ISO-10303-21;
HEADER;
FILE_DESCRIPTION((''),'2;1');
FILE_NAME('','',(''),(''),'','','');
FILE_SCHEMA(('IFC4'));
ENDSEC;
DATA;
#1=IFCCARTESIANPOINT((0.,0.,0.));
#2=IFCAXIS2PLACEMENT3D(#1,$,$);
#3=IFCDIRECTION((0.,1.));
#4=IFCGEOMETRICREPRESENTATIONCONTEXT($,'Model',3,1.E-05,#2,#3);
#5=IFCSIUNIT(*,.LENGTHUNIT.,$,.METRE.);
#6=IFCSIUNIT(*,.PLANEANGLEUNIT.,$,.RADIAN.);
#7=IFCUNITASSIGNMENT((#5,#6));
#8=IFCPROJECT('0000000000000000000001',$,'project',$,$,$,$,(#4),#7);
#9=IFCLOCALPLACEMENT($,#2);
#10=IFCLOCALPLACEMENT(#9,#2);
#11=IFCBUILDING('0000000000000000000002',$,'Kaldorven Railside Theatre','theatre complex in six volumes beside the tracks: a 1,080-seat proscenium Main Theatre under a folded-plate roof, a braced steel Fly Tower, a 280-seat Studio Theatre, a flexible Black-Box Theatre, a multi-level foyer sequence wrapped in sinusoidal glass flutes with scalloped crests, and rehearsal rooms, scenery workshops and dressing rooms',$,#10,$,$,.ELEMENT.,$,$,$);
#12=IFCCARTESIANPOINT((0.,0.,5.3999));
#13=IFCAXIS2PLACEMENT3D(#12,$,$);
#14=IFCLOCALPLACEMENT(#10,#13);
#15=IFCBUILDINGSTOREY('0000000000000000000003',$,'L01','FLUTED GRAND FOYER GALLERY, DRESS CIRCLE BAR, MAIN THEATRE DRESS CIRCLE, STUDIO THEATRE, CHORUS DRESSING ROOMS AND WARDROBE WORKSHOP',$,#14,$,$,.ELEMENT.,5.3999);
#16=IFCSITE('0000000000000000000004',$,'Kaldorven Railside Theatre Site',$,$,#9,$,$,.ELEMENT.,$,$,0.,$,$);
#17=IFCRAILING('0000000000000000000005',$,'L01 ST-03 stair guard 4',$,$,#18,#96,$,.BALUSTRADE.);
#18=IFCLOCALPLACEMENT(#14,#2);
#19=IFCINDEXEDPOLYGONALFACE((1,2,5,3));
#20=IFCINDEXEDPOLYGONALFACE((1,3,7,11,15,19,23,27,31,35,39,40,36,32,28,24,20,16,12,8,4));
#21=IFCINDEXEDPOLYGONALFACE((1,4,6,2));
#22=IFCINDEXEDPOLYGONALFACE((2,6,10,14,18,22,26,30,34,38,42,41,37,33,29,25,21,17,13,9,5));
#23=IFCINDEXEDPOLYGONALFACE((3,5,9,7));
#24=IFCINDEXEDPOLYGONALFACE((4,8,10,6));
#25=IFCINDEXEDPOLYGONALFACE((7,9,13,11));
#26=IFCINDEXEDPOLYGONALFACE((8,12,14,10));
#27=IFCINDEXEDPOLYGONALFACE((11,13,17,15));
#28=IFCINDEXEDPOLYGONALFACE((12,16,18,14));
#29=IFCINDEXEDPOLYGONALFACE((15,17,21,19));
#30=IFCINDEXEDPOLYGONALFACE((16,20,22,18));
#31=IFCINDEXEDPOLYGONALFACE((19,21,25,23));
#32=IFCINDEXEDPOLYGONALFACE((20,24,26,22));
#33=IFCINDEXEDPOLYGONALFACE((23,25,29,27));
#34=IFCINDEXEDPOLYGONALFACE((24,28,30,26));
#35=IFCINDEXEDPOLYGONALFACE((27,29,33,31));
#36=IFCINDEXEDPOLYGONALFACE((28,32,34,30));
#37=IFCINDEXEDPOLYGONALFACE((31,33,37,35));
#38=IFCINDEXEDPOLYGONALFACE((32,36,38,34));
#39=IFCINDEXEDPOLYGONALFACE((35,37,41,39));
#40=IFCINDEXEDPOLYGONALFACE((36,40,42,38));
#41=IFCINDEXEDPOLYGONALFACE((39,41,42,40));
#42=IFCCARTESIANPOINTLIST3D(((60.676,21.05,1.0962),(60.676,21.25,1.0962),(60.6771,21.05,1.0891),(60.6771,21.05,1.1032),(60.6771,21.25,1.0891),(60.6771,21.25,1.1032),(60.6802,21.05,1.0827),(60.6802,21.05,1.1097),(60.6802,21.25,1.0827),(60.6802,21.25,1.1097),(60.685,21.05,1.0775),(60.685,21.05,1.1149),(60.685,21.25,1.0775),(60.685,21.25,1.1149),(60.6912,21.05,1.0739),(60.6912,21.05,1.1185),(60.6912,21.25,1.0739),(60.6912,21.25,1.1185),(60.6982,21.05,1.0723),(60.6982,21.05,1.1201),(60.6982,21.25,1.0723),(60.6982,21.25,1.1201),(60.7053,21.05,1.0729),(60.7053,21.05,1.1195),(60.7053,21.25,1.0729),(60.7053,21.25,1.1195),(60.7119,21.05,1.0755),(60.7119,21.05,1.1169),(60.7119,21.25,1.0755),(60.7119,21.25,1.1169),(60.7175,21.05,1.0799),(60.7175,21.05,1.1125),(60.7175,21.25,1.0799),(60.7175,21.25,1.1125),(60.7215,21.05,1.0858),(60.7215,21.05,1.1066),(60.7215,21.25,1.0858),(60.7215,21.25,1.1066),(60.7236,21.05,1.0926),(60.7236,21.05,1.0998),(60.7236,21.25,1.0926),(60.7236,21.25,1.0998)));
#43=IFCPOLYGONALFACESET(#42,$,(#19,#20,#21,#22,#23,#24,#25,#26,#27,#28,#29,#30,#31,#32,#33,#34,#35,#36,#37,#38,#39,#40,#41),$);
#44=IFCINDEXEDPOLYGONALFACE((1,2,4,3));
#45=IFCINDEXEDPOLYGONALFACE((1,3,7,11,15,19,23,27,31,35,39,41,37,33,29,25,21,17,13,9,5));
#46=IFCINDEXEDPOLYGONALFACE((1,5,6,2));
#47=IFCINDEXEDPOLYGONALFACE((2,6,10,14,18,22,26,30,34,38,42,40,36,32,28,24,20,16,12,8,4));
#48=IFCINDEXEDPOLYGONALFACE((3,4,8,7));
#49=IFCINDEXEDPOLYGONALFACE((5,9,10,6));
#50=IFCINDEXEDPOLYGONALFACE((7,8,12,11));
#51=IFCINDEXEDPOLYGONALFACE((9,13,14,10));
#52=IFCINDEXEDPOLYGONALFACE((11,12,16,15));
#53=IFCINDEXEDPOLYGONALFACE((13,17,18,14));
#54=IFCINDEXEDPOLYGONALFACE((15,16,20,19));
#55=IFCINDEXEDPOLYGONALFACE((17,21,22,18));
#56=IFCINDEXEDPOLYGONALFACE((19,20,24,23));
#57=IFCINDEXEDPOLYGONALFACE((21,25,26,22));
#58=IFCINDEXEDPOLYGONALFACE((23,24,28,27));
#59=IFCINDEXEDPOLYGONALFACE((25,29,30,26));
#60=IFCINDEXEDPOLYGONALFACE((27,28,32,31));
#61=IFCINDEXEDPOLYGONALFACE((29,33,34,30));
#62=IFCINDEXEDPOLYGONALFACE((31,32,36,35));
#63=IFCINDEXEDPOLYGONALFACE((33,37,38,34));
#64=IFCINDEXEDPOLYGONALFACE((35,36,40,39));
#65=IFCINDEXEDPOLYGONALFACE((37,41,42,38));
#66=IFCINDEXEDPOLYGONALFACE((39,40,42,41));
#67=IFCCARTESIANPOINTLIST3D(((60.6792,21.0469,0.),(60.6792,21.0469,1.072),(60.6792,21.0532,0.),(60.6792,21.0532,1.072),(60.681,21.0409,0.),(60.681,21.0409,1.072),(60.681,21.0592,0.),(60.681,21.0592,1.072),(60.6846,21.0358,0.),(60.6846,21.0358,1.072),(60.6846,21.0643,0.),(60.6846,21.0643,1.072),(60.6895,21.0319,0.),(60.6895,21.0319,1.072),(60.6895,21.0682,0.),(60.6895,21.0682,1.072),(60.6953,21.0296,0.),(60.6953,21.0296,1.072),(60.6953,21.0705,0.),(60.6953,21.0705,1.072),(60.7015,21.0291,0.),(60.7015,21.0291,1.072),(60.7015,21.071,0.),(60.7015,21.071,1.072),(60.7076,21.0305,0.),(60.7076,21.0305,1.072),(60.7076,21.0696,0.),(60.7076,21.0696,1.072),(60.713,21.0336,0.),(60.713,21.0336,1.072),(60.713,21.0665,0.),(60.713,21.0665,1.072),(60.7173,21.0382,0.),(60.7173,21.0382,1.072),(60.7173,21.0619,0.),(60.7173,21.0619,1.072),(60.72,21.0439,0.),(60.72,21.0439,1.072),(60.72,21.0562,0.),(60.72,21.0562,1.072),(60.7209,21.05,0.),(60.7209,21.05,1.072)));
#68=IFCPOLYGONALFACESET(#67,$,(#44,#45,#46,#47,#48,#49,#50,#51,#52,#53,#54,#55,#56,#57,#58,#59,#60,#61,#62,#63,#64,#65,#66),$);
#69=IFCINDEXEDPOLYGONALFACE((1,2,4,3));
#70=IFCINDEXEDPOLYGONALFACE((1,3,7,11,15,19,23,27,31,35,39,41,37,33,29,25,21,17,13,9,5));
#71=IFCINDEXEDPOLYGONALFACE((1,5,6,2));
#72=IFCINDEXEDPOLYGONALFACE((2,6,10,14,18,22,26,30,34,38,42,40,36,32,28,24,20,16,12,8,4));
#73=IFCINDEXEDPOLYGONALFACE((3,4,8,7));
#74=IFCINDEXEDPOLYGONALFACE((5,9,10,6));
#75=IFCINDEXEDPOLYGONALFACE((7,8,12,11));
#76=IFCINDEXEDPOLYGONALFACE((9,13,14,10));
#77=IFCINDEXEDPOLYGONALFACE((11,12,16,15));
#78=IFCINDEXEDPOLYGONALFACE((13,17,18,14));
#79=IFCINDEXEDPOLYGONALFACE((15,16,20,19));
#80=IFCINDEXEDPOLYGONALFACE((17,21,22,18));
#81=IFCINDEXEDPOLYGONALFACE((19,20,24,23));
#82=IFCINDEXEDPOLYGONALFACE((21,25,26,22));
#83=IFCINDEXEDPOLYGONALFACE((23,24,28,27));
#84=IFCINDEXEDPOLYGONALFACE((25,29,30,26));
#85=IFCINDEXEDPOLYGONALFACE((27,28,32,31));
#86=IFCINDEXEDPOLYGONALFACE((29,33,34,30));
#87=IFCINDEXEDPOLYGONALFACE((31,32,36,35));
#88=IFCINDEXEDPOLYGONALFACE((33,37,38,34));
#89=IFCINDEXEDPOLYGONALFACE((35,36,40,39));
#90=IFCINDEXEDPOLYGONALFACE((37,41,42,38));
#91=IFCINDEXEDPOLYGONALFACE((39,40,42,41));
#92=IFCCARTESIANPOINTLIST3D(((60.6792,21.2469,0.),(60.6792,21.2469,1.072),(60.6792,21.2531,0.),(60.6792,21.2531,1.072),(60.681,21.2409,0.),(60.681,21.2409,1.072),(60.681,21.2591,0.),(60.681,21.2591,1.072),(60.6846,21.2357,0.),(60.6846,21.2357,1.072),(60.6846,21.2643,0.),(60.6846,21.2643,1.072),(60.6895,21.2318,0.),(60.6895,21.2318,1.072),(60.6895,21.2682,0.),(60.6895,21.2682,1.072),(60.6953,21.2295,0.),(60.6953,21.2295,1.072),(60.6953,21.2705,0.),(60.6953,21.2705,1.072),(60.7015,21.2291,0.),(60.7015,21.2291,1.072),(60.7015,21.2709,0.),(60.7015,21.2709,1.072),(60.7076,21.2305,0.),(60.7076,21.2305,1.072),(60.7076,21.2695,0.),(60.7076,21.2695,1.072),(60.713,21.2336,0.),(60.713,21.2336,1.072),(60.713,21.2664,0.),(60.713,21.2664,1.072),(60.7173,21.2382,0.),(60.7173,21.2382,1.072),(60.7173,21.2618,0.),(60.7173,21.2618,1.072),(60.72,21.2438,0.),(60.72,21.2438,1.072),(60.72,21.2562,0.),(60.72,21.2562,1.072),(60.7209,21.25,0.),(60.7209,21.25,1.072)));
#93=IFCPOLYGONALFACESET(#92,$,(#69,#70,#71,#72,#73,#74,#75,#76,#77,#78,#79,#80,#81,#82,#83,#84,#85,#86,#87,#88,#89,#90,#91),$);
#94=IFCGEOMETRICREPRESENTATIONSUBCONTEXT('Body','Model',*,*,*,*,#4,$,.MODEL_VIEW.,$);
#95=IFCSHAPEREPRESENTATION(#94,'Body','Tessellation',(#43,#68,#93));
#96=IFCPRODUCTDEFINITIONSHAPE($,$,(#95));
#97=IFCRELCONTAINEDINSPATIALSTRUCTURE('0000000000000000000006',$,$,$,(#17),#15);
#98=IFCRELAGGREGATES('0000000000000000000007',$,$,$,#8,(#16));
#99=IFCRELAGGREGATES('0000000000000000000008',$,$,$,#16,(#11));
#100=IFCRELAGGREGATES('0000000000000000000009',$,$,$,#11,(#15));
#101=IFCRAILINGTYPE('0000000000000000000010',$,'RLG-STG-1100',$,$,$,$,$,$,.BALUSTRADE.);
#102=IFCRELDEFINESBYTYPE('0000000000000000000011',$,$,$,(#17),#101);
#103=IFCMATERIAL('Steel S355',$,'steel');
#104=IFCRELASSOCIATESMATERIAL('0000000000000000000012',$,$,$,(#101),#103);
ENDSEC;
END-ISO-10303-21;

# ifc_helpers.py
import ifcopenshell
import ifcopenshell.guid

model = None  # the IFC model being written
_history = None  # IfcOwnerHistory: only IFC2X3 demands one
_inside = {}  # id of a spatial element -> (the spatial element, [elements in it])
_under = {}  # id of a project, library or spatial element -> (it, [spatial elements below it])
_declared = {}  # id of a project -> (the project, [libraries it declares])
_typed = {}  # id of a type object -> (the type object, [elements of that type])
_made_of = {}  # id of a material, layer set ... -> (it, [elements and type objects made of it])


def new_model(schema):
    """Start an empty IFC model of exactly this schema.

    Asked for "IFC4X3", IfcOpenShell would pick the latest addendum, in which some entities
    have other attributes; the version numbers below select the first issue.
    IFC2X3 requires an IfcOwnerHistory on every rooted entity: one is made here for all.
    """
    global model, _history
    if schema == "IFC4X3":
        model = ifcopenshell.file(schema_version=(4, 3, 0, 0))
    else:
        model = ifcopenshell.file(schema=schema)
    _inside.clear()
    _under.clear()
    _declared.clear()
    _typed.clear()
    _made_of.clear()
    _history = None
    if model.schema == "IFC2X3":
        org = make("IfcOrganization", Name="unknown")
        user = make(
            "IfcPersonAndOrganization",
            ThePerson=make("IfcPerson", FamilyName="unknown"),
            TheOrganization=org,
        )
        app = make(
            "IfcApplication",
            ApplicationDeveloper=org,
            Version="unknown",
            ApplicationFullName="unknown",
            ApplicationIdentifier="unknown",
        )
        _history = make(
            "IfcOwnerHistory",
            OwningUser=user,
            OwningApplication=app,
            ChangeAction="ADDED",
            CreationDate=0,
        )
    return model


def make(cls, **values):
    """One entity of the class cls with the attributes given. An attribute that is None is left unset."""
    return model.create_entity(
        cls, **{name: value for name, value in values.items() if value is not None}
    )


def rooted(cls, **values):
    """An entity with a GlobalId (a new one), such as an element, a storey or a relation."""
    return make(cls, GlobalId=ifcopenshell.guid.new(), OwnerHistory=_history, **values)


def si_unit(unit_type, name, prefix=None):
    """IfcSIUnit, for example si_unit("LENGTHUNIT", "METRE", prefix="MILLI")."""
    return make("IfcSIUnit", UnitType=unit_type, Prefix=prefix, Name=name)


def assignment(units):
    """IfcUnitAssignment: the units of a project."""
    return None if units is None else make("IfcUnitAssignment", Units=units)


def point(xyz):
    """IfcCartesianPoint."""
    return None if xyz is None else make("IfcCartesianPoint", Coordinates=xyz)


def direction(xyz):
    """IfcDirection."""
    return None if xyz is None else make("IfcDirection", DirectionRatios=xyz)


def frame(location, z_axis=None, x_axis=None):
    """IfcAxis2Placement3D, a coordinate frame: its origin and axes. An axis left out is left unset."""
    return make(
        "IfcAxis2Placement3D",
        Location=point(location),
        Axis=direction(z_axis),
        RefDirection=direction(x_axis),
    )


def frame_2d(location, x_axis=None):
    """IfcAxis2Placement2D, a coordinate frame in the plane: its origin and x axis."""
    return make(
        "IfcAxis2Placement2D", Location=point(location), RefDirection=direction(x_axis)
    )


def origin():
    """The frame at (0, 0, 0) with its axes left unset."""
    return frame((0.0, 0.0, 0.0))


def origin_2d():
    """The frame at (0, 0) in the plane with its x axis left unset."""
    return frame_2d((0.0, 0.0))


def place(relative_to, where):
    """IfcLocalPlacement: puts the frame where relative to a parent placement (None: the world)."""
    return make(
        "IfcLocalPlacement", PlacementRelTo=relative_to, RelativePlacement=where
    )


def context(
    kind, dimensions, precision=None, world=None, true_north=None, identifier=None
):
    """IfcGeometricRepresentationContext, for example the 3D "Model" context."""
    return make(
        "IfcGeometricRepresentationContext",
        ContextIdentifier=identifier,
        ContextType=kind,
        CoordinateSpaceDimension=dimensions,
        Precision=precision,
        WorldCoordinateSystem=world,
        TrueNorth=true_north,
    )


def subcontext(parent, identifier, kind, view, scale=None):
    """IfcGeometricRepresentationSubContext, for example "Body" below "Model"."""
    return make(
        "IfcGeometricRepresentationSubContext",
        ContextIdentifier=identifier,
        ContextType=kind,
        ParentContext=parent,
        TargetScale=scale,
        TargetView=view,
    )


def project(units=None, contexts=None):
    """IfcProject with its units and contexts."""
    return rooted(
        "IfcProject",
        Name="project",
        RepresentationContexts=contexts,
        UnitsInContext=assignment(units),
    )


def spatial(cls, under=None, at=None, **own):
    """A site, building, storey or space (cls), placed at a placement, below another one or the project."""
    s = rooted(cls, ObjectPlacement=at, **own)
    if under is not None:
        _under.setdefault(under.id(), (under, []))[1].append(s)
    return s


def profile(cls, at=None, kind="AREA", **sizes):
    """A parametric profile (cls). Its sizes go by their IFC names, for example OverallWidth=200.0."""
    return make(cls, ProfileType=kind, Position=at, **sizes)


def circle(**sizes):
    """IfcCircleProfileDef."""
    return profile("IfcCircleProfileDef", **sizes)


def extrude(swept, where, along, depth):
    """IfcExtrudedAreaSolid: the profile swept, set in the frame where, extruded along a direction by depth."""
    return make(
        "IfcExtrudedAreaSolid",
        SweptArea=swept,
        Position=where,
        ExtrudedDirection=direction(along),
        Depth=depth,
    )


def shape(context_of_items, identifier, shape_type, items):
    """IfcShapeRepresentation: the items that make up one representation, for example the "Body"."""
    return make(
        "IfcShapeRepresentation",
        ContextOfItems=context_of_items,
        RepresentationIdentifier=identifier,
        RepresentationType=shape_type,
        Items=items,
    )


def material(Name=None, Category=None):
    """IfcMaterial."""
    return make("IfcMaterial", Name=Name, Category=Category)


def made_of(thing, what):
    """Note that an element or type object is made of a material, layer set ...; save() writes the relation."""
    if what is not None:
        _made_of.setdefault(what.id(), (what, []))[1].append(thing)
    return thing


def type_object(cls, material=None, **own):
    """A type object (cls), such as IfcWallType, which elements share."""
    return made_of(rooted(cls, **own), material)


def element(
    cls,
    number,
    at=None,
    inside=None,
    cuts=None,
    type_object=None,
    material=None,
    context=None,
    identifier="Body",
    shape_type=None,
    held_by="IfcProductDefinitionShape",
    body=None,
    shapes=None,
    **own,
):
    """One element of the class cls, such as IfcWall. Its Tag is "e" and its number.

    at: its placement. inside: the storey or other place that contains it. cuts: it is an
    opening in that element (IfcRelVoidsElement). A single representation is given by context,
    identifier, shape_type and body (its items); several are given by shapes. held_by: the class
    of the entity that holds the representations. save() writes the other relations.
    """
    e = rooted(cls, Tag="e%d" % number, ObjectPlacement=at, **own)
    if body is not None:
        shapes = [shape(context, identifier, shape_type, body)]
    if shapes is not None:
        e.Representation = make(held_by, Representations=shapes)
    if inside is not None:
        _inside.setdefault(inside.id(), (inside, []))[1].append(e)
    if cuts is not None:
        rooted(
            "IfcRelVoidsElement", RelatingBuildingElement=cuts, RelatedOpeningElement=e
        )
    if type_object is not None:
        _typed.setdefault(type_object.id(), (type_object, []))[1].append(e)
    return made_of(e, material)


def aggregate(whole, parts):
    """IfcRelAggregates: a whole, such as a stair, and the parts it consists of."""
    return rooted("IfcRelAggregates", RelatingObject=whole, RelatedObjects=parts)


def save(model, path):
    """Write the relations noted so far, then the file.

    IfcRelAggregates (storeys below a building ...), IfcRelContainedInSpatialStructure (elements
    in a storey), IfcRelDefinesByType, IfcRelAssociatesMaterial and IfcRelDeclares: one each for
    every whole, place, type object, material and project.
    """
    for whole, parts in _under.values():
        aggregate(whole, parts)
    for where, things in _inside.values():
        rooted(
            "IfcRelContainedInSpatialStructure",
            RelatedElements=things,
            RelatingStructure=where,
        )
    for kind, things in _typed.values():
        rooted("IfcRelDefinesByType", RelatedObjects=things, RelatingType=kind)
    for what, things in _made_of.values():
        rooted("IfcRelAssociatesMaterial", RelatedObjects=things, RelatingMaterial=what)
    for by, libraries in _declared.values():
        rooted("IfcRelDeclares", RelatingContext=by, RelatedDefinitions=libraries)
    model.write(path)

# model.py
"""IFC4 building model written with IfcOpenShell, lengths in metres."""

from ifc_helpers import new_model, si_unit, direction, frame, origin, origin_2d, place, context, subcontext, project, spatial, circle, extrude, material, type_object, element, save


model = new_model("IFC4")

# Units and contexts
model_context = context("Model", 3, precision=1e-05, world=origin(), true_north=direction((0.0, 1.0)))
body_context = subcontext(model_context, "Body", "Model", "MODEL_VIEW")
ifc_project = project(units=[si_unit("LENGTHUNIT", "METRE"), si_unit("PLANEANGLEUNIT", "RADIAN")], contexts=[model_context])

# Site, building, storey
site_placement = place(None, origin())
site = spatial("IfcSite", under=ifc_project, at=site_placement, Name="Kaldorven Railside Theatre Site", CompositionType="ELEMENT", RefElevation=0.0)
building_placement = place(site_placement, origin())
building = spatial("IfcBuilding", under=site, at=building_placement, Name="Kaldorven Railside Theatre", Description="theatre complex in six volumes beside the tracks: a 1,080-seat proscenium Main Theatre under a folded-plate roof, a braced steel Fly Tower, a 280-seat Studio Theatre, a flexible Black-Box Theatre, a multi-level foyer sequence wrapped in sinusoidal glass flutes with scalloped crests, and rehearsal rooms, scenery workshops and dressing rooms", CompositionType="ELEMENT")
storey_placement = place(building_placement, frame((0.0, 0.0, 5.3999)))
storey = spatial("IfcBuildingStorey", under=building, at=storey_placement, Name="L01", Description="FLUTED GRAND FOYER GALLERY, DRESS CIRCLE BAR, MAIN THEATRE DRESS CIRCLE, STUDIO THEATRE, CHORUS DRESSING ROOMS AND WARDROBE WORKSHOP", CompositionType="ELEMENT", Elevation=5.3999)

# Shared definitions
ifc_material_1 = material(Name="Steel S355", Category="steel")

# Railing
railing_type_1 = type_object("IfcRailingType", Name="RLG-STG-1100", PredefinedType="BALUSTRADE", material=ifc_material_1)
railing_1_placement = place(storey_placement, frame((60.7, 21.05, 0.0)))
element("IfcRailing", 1, at=railing_1_placement, inside=storey, type_object=railing_type_1, Name="L01 ST-03 stair guard 4", PredefinedType="BALUSTRADE", context=body_context, shape_type="SweptSolid", body=[
    extrude(circle(Radius=0.0239, at=origin_2d()), frame((0.0, 0.0, 1.0962), z_axis=(0.0, 1.0, 0.0), x_axis=(-1.0, 0.0, 0.0)), (0.0, 0.0, 1.0), 0.2),
    extrude(circle(Radius=0.021, at=origin_2d()), origin(), (0.0, 0.0, 1.0), 1.072),
    extrude(circle(Radius=0.021, at=origin_2d()), frame((0.0, 0.2, 0.0)), (0.0, 0.0, 1.0), 1.072),
])

save(model, "model.ifc")
